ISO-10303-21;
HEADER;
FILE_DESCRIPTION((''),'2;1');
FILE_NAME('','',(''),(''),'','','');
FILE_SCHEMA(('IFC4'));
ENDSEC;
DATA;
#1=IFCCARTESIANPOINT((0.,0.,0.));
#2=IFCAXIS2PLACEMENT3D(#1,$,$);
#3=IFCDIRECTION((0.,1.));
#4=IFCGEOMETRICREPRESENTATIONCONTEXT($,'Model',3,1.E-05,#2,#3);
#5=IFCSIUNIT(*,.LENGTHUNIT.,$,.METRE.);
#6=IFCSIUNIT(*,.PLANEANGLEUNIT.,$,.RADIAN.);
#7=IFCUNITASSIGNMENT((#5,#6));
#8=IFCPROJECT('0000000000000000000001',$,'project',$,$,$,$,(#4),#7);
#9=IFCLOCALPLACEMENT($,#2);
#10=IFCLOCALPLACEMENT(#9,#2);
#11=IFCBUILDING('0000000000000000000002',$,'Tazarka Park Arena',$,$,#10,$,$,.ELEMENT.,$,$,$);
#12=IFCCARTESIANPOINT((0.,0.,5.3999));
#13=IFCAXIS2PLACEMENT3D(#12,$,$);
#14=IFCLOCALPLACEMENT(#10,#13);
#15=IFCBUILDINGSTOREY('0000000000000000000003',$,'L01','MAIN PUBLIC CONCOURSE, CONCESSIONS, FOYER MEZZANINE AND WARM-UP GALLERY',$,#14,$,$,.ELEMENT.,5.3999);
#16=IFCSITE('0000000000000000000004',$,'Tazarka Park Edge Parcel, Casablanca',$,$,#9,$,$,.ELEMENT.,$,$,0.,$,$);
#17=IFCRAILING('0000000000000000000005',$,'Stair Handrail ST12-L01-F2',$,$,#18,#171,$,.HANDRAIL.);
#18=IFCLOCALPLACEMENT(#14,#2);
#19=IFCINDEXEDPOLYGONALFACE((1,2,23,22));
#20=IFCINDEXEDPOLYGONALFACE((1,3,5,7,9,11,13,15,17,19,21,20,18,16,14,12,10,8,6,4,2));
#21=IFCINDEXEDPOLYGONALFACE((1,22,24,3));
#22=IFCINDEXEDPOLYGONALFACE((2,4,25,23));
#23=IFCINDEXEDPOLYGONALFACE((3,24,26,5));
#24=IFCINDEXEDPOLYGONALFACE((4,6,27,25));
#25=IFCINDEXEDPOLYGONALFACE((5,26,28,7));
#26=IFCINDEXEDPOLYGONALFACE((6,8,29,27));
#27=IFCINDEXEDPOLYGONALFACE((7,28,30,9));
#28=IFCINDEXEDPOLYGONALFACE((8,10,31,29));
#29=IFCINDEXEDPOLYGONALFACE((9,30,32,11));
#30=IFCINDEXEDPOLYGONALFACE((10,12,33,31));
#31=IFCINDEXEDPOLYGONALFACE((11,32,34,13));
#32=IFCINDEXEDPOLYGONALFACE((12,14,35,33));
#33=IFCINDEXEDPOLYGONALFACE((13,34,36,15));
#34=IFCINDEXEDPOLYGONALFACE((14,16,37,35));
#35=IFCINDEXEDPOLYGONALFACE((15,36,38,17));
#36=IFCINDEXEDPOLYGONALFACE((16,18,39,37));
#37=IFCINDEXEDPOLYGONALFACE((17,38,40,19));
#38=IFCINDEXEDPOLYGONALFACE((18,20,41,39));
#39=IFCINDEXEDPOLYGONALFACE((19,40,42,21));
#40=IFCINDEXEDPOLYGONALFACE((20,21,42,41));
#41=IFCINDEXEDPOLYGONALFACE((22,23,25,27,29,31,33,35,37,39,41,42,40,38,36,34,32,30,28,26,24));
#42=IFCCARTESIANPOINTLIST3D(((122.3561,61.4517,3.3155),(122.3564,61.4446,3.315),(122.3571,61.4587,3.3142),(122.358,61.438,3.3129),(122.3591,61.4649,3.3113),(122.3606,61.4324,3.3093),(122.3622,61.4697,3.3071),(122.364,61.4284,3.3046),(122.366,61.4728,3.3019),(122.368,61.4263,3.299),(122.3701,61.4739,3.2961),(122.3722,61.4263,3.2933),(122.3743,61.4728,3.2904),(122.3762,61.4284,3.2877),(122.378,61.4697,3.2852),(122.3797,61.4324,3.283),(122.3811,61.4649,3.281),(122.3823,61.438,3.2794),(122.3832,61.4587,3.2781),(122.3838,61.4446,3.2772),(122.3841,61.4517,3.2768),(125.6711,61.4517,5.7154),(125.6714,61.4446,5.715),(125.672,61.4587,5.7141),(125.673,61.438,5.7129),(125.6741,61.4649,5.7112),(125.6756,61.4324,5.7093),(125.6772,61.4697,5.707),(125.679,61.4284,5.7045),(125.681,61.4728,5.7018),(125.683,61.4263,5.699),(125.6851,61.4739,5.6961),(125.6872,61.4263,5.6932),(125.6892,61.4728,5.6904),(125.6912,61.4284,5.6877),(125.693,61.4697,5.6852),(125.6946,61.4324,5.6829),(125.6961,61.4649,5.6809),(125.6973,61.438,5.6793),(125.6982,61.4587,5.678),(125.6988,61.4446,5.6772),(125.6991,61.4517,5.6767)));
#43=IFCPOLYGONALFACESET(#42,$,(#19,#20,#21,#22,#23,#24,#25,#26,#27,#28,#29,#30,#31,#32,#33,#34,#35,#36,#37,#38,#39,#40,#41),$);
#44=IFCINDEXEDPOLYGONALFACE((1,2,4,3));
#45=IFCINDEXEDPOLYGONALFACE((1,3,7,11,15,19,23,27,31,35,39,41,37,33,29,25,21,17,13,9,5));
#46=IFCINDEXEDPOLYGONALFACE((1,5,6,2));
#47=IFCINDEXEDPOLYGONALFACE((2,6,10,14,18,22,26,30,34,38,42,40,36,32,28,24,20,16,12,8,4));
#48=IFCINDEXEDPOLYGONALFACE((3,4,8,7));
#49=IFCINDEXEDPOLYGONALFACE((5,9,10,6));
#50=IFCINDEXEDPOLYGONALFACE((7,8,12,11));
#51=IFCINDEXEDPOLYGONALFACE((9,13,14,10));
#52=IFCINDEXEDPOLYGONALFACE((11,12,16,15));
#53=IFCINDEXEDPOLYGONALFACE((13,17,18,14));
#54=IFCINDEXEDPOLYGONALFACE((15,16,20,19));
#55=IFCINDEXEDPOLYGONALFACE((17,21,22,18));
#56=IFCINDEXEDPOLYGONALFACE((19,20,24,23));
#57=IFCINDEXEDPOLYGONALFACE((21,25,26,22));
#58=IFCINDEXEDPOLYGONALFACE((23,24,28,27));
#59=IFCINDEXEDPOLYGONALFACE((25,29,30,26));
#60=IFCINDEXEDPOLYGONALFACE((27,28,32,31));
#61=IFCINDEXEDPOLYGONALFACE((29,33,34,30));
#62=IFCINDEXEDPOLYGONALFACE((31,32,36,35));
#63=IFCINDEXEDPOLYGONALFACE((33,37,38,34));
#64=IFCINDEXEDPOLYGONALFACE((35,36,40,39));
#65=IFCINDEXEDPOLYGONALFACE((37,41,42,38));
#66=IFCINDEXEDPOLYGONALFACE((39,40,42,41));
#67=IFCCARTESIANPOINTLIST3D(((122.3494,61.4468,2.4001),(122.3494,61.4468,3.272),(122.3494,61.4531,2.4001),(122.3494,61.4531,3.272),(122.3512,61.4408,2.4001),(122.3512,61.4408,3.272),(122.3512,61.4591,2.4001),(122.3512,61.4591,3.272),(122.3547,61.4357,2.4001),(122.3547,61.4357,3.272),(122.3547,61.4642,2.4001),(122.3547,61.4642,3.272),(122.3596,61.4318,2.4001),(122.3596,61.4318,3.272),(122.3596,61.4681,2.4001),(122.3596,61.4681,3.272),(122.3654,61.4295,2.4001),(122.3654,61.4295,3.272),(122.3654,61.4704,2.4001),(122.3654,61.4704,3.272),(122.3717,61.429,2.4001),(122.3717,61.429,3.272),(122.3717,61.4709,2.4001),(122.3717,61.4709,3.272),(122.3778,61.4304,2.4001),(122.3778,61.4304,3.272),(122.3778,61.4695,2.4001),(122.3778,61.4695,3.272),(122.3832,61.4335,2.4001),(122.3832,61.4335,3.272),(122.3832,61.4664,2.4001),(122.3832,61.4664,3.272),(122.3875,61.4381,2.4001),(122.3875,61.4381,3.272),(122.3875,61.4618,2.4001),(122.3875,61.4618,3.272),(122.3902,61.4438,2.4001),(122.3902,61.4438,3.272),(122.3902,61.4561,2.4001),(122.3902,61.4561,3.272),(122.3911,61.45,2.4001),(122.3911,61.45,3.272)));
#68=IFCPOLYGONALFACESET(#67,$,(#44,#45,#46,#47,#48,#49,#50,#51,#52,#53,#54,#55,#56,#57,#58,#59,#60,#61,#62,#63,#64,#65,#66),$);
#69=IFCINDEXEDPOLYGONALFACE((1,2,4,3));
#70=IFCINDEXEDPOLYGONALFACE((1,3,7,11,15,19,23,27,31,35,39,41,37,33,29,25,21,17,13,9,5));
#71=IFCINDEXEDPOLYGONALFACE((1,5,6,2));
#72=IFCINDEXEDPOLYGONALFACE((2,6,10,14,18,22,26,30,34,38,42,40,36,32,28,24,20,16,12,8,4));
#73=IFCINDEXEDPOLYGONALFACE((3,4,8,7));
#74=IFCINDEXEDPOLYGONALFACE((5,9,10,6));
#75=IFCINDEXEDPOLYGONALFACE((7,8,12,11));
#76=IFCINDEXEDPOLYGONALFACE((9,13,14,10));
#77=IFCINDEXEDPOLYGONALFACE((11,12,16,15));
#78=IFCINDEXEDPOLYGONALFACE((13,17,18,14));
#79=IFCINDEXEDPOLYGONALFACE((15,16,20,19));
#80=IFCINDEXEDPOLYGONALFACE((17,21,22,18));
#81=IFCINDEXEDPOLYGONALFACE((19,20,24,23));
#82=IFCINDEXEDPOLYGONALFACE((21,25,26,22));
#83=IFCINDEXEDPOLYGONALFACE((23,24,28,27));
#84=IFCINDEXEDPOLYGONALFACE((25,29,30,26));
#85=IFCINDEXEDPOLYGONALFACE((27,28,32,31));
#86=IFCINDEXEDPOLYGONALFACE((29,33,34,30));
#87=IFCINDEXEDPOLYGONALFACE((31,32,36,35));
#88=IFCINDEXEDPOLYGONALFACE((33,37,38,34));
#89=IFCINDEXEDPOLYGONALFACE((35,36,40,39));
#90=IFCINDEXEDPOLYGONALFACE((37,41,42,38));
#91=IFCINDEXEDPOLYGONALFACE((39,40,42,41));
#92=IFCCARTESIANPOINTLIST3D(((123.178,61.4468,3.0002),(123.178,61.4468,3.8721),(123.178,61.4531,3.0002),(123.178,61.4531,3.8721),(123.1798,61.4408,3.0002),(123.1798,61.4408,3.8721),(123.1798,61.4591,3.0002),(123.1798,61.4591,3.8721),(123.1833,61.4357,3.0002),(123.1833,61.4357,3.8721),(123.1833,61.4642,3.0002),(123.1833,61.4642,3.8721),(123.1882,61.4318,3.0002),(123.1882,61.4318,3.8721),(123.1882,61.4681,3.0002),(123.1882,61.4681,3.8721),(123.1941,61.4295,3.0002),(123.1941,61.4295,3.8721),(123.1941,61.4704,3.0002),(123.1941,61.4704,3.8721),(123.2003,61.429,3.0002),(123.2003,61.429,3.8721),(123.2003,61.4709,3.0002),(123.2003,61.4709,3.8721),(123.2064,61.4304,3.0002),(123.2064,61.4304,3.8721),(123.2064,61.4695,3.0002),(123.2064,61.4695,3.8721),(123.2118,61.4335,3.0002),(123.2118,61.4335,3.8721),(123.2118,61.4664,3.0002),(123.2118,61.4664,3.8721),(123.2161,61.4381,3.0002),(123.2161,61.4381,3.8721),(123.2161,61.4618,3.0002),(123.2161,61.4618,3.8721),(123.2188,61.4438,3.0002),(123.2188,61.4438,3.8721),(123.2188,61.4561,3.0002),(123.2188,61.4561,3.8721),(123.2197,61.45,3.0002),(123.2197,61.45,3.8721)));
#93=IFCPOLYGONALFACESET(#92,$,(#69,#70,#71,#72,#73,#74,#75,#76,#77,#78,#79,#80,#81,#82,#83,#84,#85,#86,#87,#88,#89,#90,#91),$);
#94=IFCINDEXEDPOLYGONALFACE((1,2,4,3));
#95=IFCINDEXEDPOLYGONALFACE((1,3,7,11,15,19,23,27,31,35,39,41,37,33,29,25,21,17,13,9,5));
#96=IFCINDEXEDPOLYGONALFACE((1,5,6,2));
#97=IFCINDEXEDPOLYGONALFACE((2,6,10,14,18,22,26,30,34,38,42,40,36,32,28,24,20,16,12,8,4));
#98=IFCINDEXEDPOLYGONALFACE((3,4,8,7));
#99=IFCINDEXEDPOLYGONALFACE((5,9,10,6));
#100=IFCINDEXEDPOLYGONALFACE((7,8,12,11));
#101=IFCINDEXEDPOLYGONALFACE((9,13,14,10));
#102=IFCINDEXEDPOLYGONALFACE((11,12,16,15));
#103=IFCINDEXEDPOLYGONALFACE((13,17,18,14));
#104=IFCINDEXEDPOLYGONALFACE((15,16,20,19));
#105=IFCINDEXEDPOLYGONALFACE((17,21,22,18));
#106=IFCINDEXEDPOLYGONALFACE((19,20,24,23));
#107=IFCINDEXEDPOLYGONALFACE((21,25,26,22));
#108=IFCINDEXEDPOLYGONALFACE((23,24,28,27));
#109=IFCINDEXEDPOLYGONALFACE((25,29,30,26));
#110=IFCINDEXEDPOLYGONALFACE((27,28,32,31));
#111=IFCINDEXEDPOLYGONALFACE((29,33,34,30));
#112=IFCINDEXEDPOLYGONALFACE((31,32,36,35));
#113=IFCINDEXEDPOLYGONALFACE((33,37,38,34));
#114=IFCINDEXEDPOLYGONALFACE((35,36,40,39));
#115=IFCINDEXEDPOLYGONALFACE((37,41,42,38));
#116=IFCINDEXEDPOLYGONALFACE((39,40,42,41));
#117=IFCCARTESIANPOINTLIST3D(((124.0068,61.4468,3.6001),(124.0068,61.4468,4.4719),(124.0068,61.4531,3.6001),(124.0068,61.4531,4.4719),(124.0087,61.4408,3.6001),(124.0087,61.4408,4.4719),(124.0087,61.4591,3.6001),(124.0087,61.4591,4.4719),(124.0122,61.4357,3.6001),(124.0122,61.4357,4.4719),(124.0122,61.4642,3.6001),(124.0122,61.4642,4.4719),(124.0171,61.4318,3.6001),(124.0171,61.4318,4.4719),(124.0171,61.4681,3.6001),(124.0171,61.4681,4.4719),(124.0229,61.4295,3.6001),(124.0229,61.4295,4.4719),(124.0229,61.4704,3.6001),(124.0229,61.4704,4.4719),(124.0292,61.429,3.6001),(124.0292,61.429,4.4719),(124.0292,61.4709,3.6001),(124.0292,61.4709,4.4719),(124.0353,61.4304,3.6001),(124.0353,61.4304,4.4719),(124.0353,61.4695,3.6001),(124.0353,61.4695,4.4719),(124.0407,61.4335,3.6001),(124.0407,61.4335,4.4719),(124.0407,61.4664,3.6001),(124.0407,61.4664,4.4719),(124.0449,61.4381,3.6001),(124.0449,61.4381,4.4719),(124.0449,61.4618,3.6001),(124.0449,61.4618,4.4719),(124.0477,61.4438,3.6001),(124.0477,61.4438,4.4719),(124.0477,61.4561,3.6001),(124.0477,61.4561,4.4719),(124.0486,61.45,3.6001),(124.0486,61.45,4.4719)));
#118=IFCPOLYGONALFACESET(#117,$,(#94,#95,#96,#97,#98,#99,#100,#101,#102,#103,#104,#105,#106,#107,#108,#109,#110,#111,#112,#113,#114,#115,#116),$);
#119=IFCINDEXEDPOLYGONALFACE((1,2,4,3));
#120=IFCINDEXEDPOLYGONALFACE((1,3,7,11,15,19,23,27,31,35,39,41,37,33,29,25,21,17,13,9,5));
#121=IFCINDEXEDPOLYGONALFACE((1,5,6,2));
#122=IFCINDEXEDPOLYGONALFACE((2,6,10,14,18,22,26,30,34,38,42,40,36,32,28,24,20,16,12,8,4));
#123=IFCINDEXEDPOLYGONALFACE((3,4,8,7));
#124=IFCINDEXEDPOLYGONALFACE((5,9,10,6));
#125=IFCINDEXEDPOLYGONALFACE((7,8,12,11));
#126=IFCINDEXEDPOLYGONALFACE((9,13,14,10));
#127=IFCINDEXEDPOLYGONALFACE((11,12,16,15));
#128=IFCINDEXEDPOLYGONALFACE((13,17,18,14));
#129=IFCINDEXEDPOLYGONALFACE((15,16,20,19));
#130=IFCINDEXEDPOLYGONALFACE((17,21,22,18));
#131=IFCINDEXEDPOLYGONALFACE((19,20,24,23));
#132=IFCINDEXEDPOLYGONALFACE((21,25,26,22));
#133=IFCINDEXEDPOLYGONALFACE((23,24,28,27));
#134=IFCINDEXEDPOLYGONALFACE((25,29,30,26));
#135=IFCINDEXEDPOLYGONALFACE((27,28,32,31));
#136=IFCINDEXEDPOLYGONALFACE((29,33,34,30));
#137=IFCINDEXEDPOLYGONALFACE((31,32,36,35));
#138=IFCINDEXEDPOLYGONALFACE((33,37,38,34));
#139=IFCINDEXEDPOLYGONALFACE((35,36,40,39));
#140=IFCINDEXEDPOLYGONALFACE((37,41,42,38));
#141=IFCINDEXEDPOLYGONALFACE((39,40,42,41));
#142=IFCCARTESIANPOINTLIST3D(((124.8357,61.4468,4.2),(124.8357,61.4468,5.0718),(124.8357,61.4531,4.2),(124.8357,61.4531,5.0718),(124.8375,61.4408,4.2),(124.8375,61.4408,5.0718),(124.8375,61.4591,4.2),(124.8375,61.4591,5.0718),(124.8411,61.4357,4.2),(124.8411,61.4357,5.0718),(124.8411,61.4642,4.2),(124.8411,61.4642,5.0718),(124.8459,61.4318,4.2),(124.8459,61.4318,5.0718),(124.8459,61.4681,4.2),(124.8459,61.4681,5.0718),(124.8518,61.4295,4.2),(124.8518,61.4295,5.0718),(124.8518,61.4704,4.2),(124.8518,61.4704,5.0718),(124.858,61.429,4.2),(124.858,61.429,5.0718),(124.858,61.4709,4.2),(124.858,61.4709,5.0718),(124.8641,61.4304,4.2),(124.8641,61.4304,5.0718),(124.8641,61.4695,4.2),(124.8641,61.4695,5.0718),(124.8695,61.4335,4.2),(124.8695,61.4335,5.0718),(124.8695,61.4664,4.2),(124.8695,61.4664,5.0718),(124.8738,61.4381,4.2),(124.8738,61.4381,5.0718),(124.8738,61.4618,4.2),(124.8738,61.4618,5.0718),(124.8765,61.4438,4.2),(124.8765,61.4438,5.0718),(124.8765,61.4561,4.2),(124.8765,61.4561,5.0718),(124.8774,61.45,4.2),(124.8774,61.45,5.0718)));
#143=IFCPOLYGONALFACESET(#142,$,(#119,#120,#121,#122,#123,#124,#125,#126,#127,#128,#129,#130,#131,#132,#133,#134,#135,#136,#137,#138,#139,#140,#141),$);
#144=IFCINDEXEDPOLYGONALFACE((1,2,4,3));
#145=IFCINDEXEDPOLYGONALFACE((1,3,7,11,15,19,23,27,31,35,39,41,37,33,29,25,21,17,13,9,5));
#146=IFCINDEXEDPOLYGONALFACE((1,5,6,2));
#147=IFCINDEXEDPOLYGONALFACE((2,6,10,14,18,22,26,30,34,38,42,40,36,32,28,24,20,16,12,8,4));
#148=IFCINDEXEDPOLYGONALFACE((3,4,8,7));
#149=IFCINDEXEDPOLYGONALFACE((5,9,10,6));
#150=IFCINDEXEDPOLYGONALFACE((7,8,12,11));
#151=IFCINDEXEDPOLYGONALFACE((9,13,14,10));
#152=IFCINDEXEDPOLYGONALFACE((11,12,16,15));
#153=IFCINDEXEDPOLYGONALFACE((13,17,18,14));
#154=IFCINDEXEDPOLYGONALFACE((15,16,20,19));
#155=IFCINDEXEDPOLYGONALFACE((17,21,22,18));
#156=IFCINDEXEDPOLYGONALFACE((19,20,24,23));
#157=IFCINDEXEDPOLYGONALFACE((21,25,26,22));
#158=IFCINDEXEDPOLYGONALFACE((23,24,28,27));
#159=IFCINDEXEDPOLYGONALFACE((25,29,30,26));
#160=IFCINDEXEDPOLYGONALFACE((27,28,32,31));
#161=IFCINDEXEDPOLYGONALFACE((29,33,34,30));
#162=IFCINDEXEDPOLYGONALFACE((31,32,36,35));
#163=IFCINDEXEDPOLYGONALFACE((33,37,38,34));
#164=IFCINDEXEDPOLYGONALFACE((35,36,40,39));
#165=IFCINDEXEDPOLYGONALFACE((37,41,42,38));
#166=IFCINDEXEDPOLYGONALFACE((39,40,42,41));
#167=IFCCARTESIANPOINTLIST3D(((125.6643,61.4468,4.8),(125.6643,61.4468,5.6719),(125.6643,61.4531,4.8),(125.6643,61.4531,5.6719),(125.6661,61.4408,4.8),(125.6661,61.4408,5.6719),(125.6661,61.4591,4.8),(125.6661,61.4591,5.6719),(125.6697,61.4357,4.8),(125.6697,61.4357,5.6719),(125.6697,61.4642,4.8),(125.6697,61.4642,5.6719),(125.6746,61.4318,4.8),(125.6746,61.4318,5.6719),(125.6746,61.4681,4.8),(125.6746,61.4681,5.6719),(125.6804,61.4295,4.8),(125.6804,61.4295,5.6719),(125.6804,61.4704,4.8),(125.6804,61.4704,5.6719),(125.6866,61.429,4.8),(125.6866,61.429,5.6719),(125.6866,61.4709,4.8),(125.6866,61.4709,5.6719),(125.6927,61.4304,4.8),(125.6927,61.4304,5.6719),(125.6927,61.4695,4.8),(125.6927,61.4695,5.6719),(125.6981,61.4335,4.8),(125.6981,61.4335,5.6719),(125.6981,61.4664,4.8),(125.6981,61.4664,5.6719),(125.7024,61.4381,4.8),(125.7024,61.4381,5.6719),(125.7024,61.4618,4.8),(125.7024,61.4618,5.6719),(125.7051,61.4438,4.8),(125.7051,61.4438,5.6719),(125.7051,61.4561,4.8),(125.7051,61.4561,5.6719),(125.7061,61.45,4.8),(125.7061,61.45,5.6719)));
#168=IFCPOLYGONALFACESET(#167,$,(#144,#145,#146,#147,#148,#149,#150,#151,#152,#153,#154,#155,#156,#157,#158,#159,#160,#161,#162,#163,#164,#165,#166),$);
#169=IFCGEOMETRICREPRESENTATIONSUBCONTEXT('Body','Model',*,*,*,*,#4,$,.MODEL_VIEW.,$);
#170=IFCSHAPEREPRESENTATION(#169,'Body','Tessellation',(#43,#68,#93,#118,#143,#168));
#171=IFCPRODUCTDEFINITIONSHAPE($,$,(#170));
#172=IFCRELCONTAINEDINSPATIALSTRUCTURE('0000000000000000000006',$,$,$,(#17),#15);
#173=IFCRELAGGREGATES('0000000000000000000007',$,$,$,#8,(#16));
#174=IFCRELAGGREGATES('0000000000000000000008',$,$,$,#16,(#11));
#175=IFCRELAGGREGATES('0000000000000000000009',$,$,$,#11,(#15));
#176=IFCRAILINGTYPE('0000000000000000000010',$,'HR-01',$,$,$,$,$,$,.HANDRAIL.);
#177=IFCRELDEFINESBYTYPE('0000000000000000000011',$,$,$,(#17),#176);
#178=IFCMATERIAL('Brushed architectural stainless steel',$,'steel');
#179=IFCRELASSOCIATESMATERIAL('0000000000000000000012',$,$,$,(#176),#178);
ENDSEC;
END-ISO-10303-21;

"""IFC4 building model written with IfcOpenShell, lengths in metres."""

from ifc_helpers import new_model, si_unit, direction, frame, origin, origin_2d, place, context, subcontext, project, spatial, circle, extrude, material, type_object, element, save


model = new_model("IFC4")

# Units and contexts
model_context = context("Model", 3, precision=1e-05, world=origin(), true_north=direction((0.0, 1.0)))
body_context = subcontext(model_context, "Body", "Model", "MODEL_VIEW")
ifc_project = project(units=[si_unit("LENGTHUNIT", "METRE"), si_unit("PLANEANGLEUNIT", "RADIAN")], contexts=[model_context])

# Site, building, storey
site_placement = place(None, origin())
site = spatial("IfcSite", under=ifc_project, at=site_placement, Name="Tazarka Park Edge Parcel, Casablanca", CompositionType="ELEMENT", RefElevation=0.0)
building_placement = place(site_placement, origin())
building = spatial("IfcBuilding", under=site, at=building_placement, Name="Tazarka Park Arena", CompositionType="ELEMENT")
storey_placement = place(building_placement, frame((0.0, 0.0, 5.3999)))
storey = spatial("IfcBuildingStorey", under=building, at=storey_placement, Name="L01", Description="MAIN PUBLIC CONCOURSE, CONCESSIONS, FOYER MEZZANINE AND WARM-UP GALLERY", CompositionType="ELEMENT", Elevation=5.3999)

# Railing
ifc_material_1 = material(Name="Brushed architectural stainless steel", Category="steel")
railing_type_1 = type_object("IfcRailingType", Name="HR-01", PredefinedType="HANDRAIL", material=ifc_material_1)
for number, where, name in (
    (1, (122.3701, 61.45, 2.4001), "Stair Handrail ST12-L01-F2"),
):
    element("IfcRailing", number, at=place(storey_placement, frame(where)), inside=storey, type_object=railing_type_1, Name=name, PredefinedType="HANDRAIL", context=body_context, shape_type="SweptSolid", body=[
        extrude(circle(Radius=0.0239, at=origin_2d()), frame((0.0, 0.0, 0.896), z_axis=(0.810009, 0.0, 0.586418), x_axis=(0.0, 1.0, 0.0)), (0.0, 0.0, 1.0), 4.0925),
        extrude(circle(Radius=0.021, at=origin_2d()), origin(), (0.0, 0.0, 1.0), 0.8718),
        extrude(circle(Radius=0.021, at=origin_2d()), frame((0.8286, 0.0, 0.6001)), (0.0, 0.0, 1.0), 0.8718),
        extrude(circle(Radius=0.021, at=origin_2d()), frame((1.6575, 0.0, 1.2)), (0.0, 0.0, 1.0), 0.8718),
        extrude(circle(Radius=0.021, at=origin_2d()), frame((2.4863, 0.0, 1.7998)), (0.0, 0.0, 1.0), 0.8718),
        extrude(circle(Radius=0.021, at=origin_2d()), frame((3.3149, 0.0, 2.3999)), (0.0, 0.0, 1.0), 0.8718),
    ])

save(model, "model.ifc")
